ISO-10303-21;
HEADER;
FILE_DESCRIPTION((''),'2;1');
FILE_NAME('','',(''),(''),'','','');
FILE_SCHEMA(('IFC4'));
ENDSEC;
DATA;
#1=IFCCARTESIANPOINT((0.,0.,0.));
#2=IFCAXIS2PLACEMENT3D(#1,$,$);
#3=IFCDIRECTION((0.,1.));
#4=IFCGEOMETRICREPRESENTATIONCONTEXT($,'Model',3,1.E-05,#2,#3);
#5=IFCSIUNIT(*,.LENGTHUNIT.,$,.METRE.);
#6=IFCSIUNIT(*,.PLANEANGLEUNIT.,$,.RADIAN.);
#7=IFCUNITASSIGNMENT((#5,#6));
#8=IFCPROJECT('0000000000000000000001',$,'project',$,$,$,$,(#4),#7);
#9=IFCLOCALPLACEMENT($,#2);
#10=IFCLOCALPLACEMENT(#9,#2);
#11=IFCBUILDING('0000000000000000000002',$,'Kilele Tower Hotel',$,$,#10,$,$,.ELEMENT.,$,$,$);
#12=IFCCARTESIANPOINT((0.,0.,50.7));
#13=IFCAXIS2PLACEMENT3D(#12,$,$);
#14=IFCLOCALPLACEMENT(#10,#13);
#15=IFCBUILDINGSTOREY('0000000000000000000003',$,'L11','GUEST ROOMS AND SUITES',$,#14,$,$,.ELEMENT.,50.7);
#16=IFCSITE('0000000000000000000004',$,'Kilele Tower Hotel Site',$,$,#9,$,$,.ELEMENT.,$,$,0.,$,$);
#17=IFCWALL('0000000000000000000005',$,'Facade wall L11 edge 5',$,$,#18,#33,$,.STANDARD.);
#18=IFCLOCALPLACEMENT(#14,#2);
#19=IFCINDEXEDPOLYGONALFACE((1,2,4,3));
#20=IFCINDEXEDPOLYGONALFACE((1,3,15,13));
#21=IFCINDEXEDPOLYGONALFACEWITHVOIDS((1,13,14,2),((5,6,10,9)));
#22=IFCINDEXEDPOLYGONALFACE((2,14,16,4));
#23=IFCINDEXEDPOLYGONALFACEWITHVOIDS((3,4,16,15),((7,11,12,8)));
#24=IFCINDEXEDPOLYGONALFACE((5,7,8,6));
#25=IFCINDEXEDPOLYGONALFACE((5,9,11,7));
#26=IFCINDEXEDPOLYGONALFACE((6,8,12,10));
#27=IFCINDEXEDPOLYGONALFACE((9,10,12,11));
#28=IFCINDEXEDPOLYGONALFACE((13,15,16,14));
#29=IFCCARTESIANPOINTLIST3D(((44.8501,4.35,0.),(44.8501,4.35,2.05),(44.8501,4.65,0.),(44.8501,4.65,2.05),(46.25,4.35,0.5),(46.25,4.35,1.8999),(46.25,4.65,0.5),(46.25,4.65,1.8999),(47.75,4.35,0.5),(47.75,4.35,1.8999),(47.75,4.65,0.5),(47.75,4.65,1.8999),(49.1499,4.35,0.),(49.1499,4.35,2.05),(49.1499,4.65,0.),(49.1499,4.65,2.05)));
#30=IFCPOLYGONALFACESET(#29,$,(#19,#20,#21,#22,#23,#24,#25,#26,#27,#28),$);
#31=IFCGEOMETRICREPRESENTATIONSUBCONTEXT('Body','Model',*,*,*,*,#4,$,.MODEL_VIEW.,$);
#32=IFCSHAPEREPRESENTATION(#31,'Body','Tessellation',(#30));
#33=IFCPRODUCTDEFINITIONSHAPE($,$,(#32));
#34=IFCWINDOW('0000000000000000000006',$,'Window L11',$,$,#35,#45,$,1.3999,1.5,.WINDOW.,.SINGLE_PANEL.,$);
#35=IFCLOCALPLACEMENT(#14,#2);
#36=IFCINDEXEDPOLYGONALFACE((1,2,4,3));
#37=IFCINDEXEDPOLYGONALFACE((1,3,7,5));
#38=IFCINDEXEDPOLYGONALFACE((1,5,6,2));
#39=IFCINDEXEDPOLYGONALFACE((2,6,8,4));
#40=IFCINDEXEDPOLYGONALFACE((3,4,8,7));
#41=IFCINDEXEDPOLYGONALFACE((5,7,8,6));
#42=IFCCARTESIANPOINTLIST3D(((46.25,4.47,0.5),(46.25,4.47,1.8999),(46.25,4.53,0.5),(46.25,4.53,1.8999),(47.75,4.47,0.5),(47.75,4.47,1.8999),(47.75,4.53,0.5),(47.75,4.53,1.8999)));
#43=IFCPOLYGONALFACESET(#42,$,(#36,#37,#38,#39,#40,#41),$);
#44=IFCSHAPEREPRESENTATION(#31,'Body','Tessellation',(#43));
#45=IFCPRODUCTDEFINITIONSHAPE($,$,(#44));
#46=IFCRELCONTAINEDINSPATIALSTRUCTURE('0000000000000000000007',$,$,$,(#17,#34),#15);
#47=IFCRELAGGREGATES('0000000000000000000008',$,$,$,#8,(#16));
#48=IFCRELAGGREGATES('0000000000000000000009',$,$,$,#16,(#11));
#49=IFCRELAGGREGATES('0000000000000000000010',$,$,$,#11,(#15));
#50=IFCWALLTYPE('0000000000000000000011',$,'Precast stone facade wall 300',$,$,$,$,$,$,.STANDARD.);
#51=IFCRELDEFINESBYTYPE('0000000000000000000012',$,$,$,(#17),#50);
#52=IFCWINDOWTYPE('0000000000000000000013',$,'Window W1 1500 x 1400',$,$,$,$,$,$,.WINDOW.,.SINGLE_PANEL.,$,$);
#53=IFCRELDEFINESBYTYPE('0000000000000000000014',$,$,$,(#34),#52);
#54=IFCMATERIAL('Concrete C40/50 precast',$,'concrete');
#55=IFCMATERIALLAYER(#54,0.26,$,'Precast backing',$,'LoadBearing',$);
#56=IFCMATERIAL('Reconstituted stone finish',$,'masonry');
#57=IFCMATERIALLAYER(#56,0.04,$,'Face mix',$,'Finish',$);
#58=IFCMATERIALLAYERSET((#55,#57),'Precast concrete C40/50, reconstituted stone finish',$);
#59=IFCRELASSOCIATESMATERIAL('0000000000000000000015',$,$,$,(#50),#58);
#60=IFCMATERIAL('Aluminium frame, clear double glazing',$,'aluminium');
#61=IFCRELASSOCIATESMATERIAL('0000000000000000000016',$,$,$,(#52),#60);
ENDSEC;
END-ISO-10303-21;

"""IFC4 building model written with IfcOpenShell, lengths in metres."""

from ifc_helpers import new_model, si_unit, direction, frame, frame_2d, origin, place, context, subcontext, project, spatial, rectangle, extrude, material, layer, layer_set, type_object, element, fill, save


model = new_model("IFC4")

# Units and contexts
model_context = context("Model", 3, precision=1e-05, world=origin(), true_north=direction((0.0, 1.0)))
body_context = subcontext(model_context, "Body", "Model", "MODEL_VIEW")
ifc_project = project(units=[si_unit("LENGTHUNIT", "METRE"), si_unit("PLANEANGLEUNIT", "RADIAN")], contexts=[model_context])

# Site, building, storey
site_placement = place(None, origin())
site = spatial("IfcSite", under=ifc_project, at=site_placement, Name="Kilele Tower Hotel Site", CompositionType="ELEMENT", RefElevation=0.0)
building_placement = place(site_placement, origin())
building = spatial("IfcBuilding", under=site, at=building_placement, Name="Kilele Tower Hotel", CompositionType="ELEMENT")
storey_placement = place(building_placement, frame((0.0, 0.0, 50.7)))
storey = spatial("IfcBuildingStorey", under=building, at=storey_placement, Name="L11", Description="GUEST ROOMS AND SUITES", CompositionType="ELEMENT", Elevation=50.7)

# Wall, opening, window
ifc_material_1 = material(Name="Concrete C40/50 precast", Category="concrete")
ifc_layer_1 = layer(ifc_material_1, 0.26, Name="Precast backing", Category="LoadBearing")
ifc_material_2 = material(Name="Reconstituted stone finish", Category="masonry")
ifc_layer_2 = layer(ifc_material_2, 0.04, Name="Face mix", Category="Finish")
ifc_layer_set_1 = layer_set([ifc_layer_1, ifc_layer_2], Name="Precast concrete C40/50, reconstituted stone finish")
wall_type_1 = type_object("IfcWallType", Name="Precast stone facade wall 300", PredefinedType="STANDARD", material=ifc_layer_set_1)
ifc_material_3 = material(Name="Aluminium frame, clear double glazing", Category="aluminium")
window_type = type_object("IfcWindowType", Name="Window W1 1500 x 1400", PartitioningType="SINGLE_PANEL", PredefinedType="WINDOW", material=ifc_material_3)
wall_1_placement = place(storey_placement, frame((44.8501, 4.5, 0.0), z_axis=(0.0, 0.0, 1.0), x_axis=(1.0, 0.0, 0.0)))
wall_1 = element("IfcWall", 1, at=wall_1_placement, inside=storey, type_object=wall_type_1, Name="Facade wall L11 edge 5", PredefinedType="STANDARD", context=body_context, shape_type="SweptSolid", body=[
    extrude(rectangle(XDim=4.2998, YDim=0.3, at=frame_2d((2.1499, 0.0))), origin(), (0.0, 0.0, 1.0), 2.05),
])
opening_1_placement = place(wall_1_placement, frame((1.3999, 0.0, 0.5)))
opening_1 = element("IfcOpeningElement", 2, at=opening_1_placement, cuts=wall_1, PredefinedType="OPENING", context=body_context, shape_type="SweptSolid", body=[
    extrude(rectangle(XDim=1.5, YDim=1.3999, at=frame_2d((0.75, 0.7))), frame((0.0, 0.1599, 0.0), z_axis=(0.0, -1.0, 0.0), x_axis=(1.0, 0.0, 0.0)), (0.0, 0.0, 1.0), 0.3201),
])
window_1_placement = place(opening_1_placement, origin())
window_1 = element("IfcWindow", 3, at=window_1_placement, inside=storey, type_object=window_type, Name="Window L11", OverallHeight=1.3999, OverallWidth=1.5, PartitioningType="SINGLE_PANEL", PredefinedType="WINDOW", context=body_context, shape_type="SweptSolid", body=[
    extrude(rectangle(XDim=1.5, YDim=1.3999, at=frame_2d((0.75, 0.7))), frame((0.0, 0.03, 0.0), z_axis=(0.0, -1.0, 0.0), x_axis=(1.0, 0.0, 0.0)), (0.0, 0.0, 1.0), 0.0601),
])
fill(opening_1, window_1)

save(model, "model.ifc")
